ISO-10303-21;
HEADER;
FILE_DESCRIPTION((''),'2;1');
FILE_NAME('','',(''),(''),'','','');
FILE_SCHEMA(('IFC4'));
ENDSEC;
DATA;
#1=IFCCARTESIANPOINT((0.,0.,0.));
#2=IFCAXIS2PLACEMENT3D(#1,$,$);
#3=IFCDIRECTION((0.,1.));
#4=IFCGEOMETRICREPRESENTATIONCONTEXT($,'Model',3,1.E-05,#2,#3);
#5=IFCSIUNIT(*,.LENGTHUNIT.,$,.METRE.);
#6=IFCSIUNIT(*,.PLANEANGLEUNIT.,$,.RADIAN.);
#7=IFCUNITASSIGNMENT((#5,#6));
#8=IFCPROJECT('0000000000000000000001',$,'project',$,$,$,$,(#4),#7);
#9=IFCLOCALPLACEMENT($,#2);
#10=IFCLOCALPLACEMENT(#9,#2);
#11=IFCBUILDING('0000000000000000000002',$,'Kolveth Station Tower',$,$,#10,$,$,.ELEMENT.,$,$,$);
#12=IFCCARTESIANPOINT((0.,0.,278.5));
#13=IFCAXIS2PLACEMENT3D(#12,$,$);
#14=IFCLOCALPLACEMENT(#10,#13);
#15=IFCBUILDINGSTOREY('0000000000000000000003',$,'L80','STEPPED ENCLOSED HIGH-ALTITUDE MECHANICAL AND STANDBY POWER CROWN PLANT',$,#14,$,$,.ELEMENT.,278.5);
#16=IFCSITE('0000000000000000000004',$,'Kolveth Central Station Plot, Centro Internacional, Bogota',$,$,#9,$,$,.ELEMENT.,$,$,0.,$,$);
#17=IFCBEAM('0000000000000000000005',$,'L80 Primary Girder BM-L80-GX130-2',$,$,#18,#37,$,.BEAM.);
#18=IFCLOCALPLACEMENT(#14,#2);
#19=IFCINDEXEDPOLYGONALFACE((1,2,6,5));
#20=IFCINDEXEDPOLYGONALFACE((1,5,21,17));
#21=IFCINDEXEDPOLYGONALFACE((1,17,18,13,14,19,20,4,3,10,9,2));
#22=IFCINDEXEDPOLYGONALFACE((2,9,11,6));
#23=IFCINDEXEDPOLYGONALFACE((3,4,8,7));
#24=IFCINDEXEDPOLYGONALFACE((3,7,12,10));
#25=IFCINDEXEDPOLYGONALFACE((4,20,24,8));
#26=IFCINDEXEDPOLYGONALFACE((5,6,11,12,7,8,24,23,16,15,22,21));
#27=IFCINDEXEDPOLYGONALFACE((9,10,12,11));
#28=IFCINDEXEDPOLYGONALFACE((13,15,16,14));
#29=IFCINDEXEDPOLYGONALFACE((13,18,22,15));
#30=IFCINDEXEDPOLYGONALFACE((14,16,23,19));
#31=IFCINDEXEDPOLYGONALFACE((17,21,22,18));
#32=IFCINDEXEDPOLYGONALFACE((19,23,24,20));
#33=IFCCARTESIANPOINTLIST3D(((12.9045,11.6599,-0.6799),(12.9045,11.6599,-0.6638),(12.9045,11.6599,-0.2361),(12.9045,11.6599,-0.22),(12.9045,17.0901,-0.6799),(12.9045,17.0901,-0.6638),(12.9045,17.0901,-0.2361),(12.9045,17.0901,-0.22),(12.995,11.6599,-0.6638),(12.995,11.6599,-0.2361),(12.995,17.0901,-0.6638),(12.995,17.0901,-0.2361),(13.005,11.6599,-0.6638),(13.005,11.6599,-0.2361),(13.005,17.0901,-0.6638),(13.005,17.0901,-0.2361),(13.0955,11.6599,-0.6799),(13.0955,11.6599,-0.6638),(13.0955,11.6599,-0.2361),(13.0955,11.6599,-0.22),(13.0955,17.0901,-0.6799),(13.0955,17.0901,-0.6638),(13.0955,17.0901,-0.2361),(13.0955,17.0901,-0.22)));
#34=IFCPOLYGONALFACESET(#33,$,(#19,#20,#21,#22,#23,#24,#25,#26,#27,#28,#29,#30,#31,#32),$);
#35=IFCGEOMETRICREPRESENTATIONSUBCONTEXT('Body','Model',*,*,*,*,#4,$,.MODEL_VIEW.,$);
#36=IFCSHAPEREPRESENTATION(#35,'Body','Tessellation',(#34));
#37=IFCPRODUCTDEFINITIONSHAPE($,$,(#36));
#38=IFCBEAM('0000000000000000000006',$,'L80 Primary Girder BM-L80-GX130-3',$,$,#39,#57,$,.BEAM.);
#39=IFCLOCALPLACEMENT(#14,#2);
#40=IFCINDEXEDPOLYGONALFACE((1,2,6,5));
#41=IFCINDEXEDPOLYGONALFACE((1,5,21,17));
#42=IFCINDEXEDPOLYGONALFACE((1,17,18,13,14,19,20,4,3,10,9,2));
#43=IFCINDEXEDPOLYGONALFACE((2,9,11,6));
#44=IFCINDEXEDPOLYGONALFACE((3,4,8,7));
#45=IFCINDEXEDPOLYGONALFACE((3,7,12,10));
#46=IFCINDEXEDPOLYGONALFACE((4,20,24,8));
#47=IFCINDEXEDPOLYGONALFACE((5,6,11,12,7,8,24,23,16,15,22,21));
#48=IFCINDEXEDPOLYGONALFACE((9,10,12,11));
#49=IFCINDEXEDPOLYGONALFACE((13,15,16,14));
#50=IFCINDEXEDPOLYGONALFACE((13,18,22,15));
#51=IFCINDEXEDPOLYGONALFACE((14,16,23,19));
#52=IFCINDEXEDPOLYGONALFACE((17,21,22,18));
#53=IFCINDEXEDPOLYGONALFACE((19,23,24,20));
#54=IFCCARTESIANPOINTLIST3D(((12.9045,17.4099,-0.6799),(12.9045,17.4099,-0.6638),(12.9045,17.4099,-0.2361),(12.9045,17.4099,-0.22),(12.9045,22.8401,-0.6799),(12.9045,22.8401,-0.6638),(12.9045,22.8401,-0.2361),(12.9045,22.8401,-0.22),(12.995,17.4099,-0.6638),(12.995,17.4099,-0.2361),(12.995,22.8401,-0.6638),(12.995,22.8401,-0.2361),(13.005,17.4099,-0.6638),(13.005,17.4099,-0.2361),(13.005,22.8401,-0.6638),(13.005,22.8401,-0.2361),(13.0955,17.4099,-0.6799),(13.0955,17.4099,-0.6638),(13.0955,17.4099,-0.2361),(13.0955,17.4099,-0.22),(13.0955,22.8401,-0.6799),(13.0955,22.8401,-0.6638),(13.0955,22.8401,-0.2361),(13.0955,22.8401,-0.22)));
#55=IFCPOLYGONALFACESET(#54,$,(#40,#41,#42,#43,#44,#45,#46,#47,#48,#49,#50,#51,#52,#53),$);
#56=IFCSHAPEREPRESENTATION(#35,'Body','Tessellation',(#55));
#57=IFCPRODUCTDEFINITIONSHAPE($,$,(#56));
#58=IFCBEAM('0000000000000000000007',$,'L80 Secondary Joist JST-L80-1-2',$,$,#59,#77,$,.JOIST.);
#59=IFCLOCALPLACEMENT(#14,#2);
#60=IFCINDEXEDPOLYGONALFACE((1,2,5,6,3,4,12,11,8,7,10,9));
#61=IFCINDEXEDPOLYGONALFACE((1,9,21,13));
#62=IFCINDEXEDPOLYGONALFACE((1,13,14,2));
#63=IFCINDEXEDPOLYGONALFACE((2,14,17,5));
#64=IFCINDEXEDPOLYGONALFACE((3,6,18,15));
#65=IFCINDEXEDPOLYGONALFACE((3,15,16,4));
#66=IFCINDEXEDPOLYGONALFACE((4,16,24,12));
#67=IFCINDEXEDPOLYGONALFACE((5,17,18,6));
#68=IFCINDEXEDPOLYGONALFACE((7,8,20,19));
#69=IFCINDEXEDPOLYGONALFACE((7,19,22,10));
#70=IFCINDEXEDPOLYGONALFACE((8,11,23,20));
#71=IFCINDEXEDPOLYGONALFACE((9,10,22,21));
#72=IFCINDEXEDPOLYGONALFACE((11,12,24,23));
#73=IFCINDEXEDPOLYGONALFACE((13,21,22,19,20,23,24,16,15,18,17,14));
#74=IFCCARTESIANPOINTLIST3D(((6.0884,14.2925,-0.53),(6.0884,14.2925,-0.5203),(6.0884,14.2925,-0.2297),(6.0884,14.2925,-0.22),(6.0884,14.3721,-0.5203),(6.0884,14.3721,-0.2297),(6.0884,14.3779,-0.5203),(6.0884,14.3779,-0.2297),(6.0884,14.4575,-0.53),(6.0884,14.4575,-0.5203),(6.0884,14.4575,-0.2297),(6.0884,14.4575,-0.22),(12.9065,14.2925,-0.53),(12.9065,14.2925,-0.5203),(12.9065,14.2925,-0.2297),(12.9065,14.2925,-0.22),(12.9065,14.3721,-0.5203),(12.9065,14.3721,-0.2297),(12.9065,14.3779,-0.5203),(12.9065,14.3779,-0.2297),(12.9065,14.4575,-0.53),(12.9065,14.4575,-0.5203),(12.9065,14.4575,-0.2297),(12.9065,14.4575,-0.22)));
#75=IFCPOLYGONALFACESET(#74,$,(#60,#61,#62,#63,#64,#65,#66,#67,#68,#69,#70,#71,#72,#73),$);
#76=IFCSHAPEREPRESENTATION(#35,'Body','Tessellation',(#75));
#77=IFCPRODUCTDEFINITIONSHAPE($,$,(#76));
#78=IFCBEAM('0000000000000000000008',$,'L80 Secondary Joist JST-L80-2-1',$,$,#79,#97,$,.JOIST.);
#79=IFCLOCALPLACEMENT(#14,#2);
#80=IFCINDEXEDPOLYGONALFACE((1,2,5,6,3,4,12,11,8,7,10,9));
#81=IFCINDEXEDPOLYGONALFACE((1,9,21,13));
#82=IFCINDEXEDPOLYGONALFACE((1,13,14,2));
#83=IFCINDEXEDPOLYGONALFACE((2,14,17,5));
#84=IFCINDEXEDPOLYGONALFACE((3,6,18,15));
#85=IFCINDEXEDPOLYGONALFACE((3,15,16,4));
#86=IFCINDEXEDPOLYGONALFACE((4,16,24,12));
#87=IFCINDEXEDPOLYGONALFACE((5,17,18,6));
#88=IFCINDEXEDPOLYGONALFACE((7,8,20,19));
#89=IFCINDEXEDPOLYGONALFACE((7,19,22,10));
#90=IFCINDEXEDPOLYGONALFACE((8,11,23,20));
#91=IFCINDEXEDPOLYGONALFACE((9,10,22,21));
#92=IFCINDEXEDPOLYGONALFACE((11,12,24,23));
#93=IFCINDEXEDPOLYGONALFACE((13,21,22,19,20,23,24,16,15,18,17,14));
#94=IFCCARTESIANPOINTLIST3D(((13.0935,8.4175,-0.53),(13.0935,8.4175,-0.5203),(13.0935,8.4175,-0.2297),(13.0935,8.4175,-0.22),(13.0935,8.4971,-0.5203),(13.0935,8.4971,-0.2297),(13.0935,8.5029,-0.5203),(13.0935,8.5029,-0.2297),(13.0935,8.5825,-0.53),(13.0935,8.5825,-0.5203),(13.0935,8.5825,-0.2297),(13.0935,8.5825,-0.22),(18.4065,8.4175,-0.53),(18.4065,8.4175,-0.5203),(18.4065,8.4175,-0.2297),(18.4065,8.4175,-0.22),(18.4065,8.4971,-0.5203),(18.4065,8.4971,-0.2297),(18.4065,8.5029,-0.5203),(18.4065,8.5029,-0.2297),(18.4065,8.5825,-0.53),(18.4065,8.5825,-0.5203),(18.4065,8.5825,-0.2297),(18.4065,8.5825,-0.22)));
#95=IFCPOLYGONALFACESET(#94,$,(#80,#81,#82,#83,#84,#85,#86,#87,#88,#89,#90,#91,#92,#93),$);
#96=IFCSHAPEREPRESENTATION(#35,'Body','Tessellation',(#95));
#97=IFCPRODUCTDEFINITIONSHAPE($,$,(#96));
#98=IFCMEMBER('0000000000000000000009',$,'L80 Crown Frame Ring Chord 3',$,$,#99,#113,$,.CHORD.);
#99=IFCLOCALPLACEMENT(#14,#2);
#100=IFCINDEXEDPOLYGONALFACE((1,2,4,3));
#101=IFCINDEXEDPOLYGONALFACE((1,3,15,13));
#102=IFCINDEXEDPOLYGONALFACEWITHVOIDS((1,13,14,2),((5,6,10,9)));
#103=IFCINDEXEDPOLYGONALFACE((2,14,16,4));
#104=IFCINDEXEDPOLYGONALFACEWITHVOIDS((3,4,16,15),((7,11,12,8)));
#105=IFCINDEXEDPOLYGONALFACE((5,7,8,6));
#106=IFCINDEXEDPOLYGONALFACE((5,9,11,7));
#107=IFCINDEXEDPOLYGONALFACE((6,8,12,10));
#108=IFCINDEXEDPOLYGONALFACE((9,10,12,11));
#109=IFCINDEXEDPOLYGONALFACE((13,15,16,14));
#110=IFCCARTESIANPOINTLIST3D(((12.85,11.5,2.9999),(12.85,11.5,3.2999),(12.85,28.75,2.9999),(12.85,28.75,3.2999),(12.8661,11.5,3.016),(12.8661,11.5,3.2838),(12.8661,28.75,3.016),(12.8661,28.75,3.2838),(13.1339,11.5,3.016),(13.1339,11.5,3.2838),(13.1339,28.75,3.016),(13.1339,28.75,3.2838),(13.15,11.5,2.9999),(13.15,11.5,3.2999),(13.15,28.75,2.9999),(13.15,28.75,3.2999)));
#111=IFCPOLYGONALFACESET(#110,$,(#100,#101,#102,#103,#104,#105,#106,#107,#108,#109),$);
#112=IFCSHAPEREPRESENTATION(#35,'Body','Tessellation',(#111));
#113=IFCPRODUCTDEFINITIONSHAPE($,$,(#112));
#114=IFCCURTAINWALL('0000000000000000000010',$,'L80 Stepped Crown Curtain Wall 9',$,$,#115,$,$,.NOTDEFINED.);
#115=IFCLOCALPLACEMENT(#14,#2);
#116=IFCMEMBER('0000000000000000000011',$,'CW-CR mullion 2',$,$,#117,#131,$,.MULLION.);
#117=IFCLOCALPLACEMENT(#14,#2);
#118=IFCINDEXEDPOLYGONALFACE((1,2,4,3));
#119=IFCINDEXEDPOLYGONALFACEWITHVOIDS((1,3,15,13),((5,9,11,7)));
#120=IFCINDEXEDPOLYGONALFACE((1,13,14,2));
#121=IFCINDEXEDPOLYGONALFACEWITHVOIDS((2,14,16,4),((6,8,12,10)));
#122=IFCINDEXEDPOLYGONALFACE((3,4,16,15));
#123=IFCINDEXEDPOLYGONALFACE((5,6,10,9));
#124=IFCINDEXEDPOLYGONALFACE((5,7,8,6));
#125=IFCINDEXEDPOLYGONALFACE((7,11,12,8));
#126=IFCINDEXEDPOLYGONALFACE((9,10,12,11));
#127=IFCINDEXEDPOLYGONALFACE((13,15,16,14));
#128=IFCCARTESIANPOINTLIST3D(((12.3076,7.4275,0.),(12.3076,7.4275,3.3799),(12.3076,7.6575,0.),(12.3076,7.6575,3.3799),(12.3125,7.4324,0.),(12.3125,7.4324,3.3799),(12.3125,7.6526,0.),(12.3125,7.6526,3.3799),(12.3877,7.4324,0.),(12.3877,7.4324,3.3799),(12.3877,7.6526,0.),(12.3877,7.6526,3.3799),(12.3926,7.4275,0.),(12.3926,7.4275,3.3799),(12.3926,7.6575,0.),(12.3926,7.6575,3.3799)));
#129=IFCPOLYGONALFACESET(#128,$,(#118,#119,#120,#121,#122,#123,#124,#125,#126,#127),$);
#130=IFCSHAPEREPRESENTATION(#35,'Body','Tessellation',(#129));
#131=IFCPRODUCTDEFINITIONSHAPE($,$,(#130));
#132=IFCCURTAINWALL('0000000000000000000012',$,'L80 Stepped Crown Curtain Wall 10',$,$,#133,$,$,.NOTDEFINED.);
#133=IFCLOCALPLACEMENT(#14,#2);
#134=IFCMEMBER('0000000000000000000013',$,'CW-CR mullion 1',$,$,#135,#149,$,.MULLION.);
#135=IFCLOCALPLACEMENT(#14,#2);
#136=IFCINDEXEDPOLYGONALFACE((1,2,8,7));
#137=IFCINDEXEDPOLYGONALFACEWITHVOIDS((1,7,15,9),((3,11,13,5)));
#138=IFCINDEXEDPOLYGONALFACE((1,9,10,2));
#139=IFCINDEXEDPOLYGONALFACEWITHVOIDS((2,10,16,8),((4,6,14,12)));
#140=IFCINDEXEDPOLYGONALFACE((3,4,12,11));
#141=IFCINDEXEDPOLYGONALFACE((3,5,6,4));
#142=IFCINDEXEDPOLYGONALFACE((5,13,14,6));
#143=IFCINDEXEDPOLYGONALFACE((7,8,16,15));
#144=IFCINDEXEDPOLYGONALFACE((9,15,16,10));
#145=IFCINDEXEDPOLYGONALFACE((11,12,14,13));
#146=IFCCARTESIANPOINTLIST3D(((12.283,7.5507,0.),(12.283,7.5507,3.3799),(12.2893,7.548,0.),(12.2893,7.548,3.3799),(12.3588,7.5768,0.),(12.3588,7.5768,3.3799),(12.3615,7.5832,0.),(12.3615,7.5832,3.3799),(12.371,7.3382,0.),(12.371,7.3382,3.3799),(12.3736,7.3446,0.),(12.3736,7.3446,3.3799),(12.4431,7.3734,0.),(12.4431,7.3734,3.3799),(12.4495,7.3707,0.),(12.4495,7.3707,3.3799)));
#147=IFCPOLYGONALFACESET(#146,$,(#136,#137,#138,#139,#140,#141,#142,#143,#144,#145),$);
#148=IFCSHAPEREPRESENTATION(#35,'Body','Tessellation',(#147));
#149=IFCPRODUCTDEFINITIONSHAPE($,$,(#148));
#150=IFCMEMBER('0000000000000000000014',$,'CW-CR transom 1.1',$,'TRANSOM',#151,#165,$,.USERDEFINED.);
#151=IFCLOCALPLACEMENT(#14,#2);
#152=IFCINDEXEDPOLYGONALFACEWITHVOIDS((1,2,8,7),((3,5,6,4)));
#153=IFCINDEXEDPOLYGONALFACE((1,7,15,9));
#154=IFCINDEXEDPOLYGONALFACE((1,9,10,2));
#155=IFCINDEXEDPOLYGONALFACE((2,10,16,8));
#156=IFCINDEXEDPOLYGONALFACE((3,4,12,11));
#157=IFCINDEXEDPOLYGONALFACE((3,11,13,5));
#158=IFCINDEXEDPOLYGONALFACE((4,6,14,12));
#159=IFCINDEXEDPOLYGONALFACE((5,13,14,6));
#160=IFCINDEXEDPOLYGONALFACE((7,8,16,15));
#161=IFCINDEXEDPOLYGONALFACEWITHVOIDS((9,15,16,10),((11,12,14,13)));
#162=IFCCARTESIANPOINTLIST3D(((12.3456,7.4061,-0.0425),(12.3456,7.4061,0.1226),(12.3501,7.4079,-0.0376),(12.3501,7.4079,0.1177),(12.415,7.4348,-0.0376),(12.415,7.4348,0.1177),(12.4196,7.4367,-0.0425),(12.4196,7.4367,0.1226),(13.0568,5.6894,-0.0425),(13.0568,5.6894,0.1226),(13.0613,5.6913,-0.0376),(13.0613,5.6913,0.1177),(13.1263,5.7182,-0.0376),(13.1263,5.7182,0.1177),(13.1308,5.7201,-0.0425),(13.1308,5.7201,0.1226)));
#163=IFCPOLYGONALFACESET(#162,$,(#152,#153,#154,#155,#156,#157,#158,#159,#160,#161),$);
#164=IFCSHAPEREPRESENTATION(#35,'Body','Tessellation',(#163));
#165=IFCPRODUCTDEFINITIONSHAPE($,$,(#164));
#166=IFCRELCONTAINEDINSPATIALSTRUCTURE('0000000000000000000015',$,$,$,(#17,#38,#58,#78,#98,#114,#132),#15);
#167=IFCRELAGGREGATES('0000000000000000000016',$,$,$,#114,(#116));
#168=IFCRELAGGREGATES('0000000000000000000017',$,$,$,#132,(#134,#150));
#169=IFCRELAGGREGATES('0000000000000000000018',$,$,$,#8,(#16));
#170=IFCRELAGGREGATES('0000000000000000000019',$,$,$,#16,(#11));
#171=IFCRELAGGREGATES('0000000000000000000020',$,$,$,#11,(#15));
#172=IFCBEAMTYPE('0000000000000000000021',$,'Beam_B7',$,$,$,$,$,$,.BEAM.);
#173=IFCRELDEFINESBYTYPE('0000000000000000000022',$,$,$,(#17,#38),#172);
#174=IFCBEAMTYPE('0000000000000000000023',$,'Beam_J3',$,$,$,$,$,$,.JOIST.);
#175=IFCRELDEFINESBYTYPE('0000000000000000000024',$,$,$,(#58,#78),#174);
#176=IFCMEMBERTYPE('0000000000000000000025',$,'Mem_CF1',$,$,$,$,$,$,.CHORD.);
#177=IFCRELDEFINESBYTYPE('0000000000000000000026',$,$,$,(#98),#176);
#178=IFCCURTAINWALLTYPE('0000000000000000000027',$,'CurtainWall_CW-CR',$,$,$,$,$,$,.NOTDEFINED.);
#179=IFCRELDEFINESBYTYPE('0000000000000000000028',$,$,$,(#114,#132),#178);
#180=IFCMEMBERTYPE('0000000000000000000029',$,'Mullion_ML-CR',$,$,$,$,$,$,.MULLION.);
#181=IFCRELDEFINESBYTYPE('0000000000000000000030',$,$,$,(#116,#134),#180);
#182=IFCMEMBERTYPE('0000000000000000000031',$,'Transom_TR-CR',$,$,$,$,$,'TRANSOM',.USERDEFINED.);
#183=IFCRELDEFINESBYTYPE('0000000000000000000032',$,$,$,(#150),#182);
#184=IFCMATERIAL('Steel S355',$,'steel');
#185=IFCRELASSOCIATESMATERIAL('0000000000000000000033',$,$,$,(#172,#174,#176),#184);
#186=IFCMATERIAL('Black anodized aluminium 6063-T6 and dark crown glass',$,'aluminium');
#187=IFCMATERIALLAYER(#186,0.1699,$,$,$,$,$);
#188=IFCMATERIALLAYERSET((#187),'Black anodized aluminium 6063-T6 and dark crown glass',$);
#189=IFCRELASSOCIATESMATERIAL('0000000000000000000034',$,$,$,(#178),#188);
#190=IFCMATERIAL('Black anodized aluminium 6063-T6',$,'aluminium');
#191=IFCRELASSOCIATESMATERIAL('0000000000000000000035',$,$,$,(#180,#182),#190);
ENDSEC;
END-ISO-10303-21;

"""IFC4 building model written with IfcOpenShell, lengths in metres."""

from ifc_helpers import new_model, si_unit, direction, frame, origin, origin_2d, place, context, subcontext, project, spatial, hollow_rectangle, i_section, extrude, source, transform, mapped, material, layer, layer_set, material_profile, profile_set, type_object, element, aggregate, save


model = new_model("IFC4")

# Units and contexts
model_context = context("Model", 3, precision=1e-05, world=origin(), true_north=direction((0.0, 1.0)))
body_context = subcontext(model_context, "Body", "Model", "MODEL_VIEW")
ifc_project = project(units=[si_unit("LENGTHUNIT", "METRE"), si_unit("PLANEANGLEUNIT", "RADIAN")], contexts=[model_context])

# Site, building, storey
site_placement = place(None, origin())
site = spatial("IfcSite", under=ifc_project, at=site_placement, Name="Kolveth Central Station Plot, Centro Internacional, Bogota", CompositionType="ELEMENT", RefElevation=0.0)
building_placement = place(site_placement, origin())
building = spatial("IfcBuilding", under=site, at=building_placement, Name="Kolveth Station Tower", CompositionType="ELEMENT")
storey_placement = place(building_placement, frame((0.0, 0.0, 278.5)))
storey = spatial("IfcBuildingStorey", under=building, at=storey_placement, Name="L80", Description="STEPPED ENCLOSED HIGH-ALTITUDE MECHANICAL AND STANDBY POWER CROWN PLANT", CompositionType="ELEMENT", Elevation=278.5)

# Shared definitions
ifc_material_1 = material(Name="Steel S355", Category="steel")

# Beams
ifc_material_profile_1 = material_profile(ifc_material_1, i_section(OverallWidth=0.1909, OverallDepth=0.46, WebThickness=0.01, FlangeThickness=0.0161, at=origin_2d()), Name="W460x82")
ifc_profile_set_1 = profile_set([ifc_material_profile_1], Name="Steel S355")
beam_type_1 = type_object("IfcBeamType", Name="Beam_B7", PredefinedType="BEAM", material=ifc_profile_set_1)
shared_shape_1 = source(origin(), body_context, "Body", "SweptSolid", [
    extrude(i_section(OverallWidth=0.1909, OverallDepth=0.46, WebThickness=0.01, FlangeThickness=0.0161, at=origin_2d()), origin(), (0.0, 0.0, 1.0), 5.4302),
])
for number, where, z_axis, x_axis, name in (
    (1, (13.0, 11.6599, -0.45), (0.0, 1.0, 0.0), (-1.0, 0.0, 0.0), "L80 Primary Girder BM-L80-GX130-2"),
    (2, (13.0, 17.4099, -0.45), (0.0, 1.0, 0.0), (-1.0, 0.0, 0.0), "L80 Primary Girder BM-L80-GX130-3"),
):
    element("IfcBeam", number, at=place(storey_placement, frame(where, z_axis=z_axis, x_axis=x_axis)), inside=storey, type_object=beam_type_1, Name=name, PredefinedType="BEAM", context=body_context, shape_type="MappedRepresentation", body=[
        mapped(shared_shape_1, transform((0.0, 0.0, 0.0), x_axis=(1.0, 0.0, 0.0), y_axis=(0.0, 1.0, 0.0), z_axis=(0.0, 0.0, 1.0), scale=1.0)),
    ])
ifc_material_profile_2 = material_profile(ifc_material_1, i_section(OverallWidth=0.165, OverallDepth=0.3101, WebThickness=0.0059, FlangeThickness=0.0098, at=origin_2d()), Name="W310x39")
ifc_profile_set_2 = profile_set([ifc_material_profile_2], Name="Steel S355")
beam_type_2 = type_object("IfcBeamType", Name="Beam_J3", PredefinedType="JOIST", material=ifc_profile_set_2)
shared_shape_2 = source(origin(), body_context, "Body", "SweptSolid", [
    extrude(i_section(OverallWidth=0.165, OverallDepth=0.3101, WebThickness=0.0059, FlangeThickness=0.0098, at=origin_2d()), origin(), (0.0, 0.0, 1.0), 6.8181),
])
beam_1_placement = place(storey_placement, frame((6.0884, 14.375, -0.375), z_axis=(1.0, 0.0, 0.0), x_axis=(0.0, 1.0, 0.0)))
element("IfcBeam", 3, at=beam_1_placement, inside=storey, type_object=beam_type_2, Name="L80 Secondary Joist JST-L80-1-2", PredefinedType="JOIST", context=body_context, shape_type="MappedRepresentation", body=[
    mapped(shared_shape_2, transform((0.0, 0.0, 0.0), x_axis=(1.0, 0.0, 0.0), y_axis=(0.0, 1.0, 0.0), z_axis=(0.0, 0.0, 1.0), scale=1.0)),
])
shared_shape_3 = source(origin(), body_context, "Body", "SweptSolid", [
    extrude(i_section(OverallWidth=0.165, OverallDepth=0.3101, WebThickness=0.0059, FlangeThickness=0.0098, at=origin_2d()), origin(), (0.0, 0.0, 1.0), 5.313),
])
beam_2_placement = place(storey_placement, frame((13.0935, 8.5, -0.375), z_axis=(1.0, 0.0, 0.0), x_axis=(0.0, 1.0, 0.0)))
element("IfcBeam", 4, at=beam_2_placement, inside=storey, type_object=beam_type_2, Name="L80 Secondary Joist JST-L80-2-1", PredefinedType="JOIST", context=body_context, shape_type="MappedRepresentation", body=[
    mapped(shared_shape_3, transform((0.0, 0.0, 0.0), x_axis=(1.0, 0.0, 0.0), y_axis=(0.0, 1.0, 0.0), z_axis=(0.0, 0.0, 1.0), scale=1.0)),
])

# Member
ifc_material_profile_3 = material_profile(ifc_material_1, hollow_rectangle(XDim=0.3, YDim=0.3, WallThickness=0.0161, at=origin_2d()), Name="CROWN-HSS300x300x16")
ifc_profile_set_3 = profile_set([ifc_material_profile_3], Name="Steel S355")
member_type_1 = type_object("IfcMemberType", Name="Mem_CF1", PredefinedType="CHORD", material=ifc_profile_set_3)
shared_shape_4 = source(origin(), body_context, "Body", "SweptSolid", [
    extrude(hollow_rectangle(XDim=0.3, YDim=0.3, WallThickness=0.0161, at=origin_2d()), origin(), (0.0, 0.0, 1.0), 17.25),
])
member_1_placement = place(storey_placement, frame((13.0, 11.5, 3.1499), z_axis=(0.0, 1.0, 0.0), x_axis=(-1.0, 0.0, 0.0)))
element("IfcMember", 5, at=member_1_placement, inside=storey, type_object=member_type_1, Name="L80 Crown Frame Ring Chord 3", PredefinedType="CHORD", context=body_context, shape_type="MappedRepresentation", body=[
    mapped(shared_shape_4, transform((0.0, 0.0, 0.0), x_axis=(1.0, 0.0, 0.0), y_axis=(0.0, 1.0, 0.0), z_axis=(0.0, 0.0, 1.0), scale=1.0)),
])

# Curtain wall, member
ifc_material_2 = material(Name="Black anodized aluminium 6063-T6 and dark crown glass", Category="aluminium")
ifc_layer_1 = layer(ifc_material_2, 0.1699)
ifc_layer_set_1 = layer_set([ifc_layer_1], Name="Black anodized aluminium 6063-T6 and dark crown glass")
curtain_wall_type = type_object("IfcCurtainWallType", Name="CurtainWall_CW-CR", PredefinedType="NOTDEFINED", material=ifc_layer_set_1)
curtain_wall_1_placement = place(storey_placement, origin())
curtain_wall_1 = element("IfcCurtainWall", 6, at=curtain_wall_1_placement, inside=storey, type_object=curtain_wall_type, Name="L80 Stepped Crown Curtain Wall 9", PredefinedType="NOTDEFINED")
ifc_material_3 = material(Name="Black anodized aluminium 6063-T6", Category="aluminium")
ifc_material_profile_4 = material_profile(ifc_material_3, hollow_rectangle(XDim=0.085, YDim=0.23, WallThickness=0.0049, at=origin_2d()), Name="ALU-85x230x5")
ifc_profile_set_4 = profile_set([ifc_material_profile_4], Name="Black anodized aluminium 6063-T6")
member_type_2 = type_object("IfcMemberType", Name="Mullion_ML-CR", PredefinedType="MULLION", material=ifc_profile_set_4)
shared_shape_5 = source(origin(), body_context, "Body", "SweptSolid", [
    extrude(hollow_rectangle(XDim=0.085, YDim=0.23, WallThickness=0.0049, at=origin_2d()), origin(), (0.0, 0.0, 1.0), 3.3799),
])
member_2_placement = place(storey_placement, frame((12.3501, 7.5425, 0.0), z_axis=(0.0, 0.0, 1.0), x_axis=(1.0, 0.0, 0.0)))
member_2 = element("IfcMember", 7, at=member_2_placement, type_object=member_type_2, Name="CW-CR mullion 2", PredefinedType="MULLION", context=body_context, shape_type="MappedRepresentation", body=[
    mapped(shared_shape_5, transform((0.0, 0.0, 0.0), x_axis=(1.0, 0.0, 0.0), y_axis=(0.0, 1.0, 0.0), z_axis=(0.0, 0.0, 1.0), scale=1.0)),
])
aggregate(curtain_wall_1, [member_2])

# Curtain wall, members
curtain_wall_2_placement = place(storey_placement, origin())
curtain_wall_2 = element("IfcCurtainWall", 8, at=curtain_wall_2_placement, inside=storey, type_object=curtain_wall_type, Name="L80 Stepped Crown Curtain Wall 10", PredefinedType="NOTDEFINED")
member_3_placement = place(storey_placement, frame((12.3662, 7.4607, 0.0), z_axis=(0.0, 0.0, 1.0), x_axis=(0.923871, 0.382703, 0.0)))
member_3 = element("IfcMember", 9, at=member_3_placement, type_object=member_type_2, Name="CW-CR mullion 1", PredefinedType="MULLION", context=body_context, shape_type="MappedRepresentation", body=[
    mapped(shared_shape_5, transform((0.0, 0.0, 0.0), x_axis=(1.0, 0.0, 0.0), y_axis=(0.0, 1.0, 0.0), z_axis=(0.0, 0.0, 1.0), scale=1.0)),
])
ifc_material_profile_5 = material_profile(ifc_material_3, hollow_rectangle(XDim=0.0801, YDim=0.165, WallThickness=0.0049, at=origin_2d()), Name="ALU-80x165x5")
ifc_profile_set_5 = profile_set([ifc_material_profile_5], Name="Black anodized aluminium 6063-T6")
member_type_3 = type_object("IfcMemberType", Name="Transom_TR-CR", ElementType="TRANSOM", PredefinedType="USERDEFINED", material=ifc_profile_set_5)
shared_shape_6 = source(origin(), body_context, "Body", "SweptSolid", [
    extrude(hollow_rectangle(XDim=0.0801, YDim=0.165, WallThickness=0.0049, at=origin_2d()), origin(), (0.0, 0.0, 1.0), 1.8582),
])
member_4_placement = place(storey_placement, frame((12.3826, 7.4214, 0.04), z_axis=(0.382758, -0.923849, 0.0), x_axis=(0.923849, 0.382758, 0.0)))
member_4 = element("IfcMember", 10, at=member_4_placement, type_object=member_type_3, Name="CW-CR transom 1.1", ObjectType="TRANSOM", PredefinedType="USERDEFINED", context=body_context, shape_type="MappedRepresentation", body=[
    mapped(shared_shape_6, transform((0.0, 0.0, 0.0), x_axis=(1.0, 0.0, 0.0), y_axis=(0.0, 1.0, 0.0), z_axis=(0.0, 0.0, 1.0), scale=1.0)),
])

aggregate(curtain_wall_2, [member_3, member_4])

save(model, "model.ifc")
